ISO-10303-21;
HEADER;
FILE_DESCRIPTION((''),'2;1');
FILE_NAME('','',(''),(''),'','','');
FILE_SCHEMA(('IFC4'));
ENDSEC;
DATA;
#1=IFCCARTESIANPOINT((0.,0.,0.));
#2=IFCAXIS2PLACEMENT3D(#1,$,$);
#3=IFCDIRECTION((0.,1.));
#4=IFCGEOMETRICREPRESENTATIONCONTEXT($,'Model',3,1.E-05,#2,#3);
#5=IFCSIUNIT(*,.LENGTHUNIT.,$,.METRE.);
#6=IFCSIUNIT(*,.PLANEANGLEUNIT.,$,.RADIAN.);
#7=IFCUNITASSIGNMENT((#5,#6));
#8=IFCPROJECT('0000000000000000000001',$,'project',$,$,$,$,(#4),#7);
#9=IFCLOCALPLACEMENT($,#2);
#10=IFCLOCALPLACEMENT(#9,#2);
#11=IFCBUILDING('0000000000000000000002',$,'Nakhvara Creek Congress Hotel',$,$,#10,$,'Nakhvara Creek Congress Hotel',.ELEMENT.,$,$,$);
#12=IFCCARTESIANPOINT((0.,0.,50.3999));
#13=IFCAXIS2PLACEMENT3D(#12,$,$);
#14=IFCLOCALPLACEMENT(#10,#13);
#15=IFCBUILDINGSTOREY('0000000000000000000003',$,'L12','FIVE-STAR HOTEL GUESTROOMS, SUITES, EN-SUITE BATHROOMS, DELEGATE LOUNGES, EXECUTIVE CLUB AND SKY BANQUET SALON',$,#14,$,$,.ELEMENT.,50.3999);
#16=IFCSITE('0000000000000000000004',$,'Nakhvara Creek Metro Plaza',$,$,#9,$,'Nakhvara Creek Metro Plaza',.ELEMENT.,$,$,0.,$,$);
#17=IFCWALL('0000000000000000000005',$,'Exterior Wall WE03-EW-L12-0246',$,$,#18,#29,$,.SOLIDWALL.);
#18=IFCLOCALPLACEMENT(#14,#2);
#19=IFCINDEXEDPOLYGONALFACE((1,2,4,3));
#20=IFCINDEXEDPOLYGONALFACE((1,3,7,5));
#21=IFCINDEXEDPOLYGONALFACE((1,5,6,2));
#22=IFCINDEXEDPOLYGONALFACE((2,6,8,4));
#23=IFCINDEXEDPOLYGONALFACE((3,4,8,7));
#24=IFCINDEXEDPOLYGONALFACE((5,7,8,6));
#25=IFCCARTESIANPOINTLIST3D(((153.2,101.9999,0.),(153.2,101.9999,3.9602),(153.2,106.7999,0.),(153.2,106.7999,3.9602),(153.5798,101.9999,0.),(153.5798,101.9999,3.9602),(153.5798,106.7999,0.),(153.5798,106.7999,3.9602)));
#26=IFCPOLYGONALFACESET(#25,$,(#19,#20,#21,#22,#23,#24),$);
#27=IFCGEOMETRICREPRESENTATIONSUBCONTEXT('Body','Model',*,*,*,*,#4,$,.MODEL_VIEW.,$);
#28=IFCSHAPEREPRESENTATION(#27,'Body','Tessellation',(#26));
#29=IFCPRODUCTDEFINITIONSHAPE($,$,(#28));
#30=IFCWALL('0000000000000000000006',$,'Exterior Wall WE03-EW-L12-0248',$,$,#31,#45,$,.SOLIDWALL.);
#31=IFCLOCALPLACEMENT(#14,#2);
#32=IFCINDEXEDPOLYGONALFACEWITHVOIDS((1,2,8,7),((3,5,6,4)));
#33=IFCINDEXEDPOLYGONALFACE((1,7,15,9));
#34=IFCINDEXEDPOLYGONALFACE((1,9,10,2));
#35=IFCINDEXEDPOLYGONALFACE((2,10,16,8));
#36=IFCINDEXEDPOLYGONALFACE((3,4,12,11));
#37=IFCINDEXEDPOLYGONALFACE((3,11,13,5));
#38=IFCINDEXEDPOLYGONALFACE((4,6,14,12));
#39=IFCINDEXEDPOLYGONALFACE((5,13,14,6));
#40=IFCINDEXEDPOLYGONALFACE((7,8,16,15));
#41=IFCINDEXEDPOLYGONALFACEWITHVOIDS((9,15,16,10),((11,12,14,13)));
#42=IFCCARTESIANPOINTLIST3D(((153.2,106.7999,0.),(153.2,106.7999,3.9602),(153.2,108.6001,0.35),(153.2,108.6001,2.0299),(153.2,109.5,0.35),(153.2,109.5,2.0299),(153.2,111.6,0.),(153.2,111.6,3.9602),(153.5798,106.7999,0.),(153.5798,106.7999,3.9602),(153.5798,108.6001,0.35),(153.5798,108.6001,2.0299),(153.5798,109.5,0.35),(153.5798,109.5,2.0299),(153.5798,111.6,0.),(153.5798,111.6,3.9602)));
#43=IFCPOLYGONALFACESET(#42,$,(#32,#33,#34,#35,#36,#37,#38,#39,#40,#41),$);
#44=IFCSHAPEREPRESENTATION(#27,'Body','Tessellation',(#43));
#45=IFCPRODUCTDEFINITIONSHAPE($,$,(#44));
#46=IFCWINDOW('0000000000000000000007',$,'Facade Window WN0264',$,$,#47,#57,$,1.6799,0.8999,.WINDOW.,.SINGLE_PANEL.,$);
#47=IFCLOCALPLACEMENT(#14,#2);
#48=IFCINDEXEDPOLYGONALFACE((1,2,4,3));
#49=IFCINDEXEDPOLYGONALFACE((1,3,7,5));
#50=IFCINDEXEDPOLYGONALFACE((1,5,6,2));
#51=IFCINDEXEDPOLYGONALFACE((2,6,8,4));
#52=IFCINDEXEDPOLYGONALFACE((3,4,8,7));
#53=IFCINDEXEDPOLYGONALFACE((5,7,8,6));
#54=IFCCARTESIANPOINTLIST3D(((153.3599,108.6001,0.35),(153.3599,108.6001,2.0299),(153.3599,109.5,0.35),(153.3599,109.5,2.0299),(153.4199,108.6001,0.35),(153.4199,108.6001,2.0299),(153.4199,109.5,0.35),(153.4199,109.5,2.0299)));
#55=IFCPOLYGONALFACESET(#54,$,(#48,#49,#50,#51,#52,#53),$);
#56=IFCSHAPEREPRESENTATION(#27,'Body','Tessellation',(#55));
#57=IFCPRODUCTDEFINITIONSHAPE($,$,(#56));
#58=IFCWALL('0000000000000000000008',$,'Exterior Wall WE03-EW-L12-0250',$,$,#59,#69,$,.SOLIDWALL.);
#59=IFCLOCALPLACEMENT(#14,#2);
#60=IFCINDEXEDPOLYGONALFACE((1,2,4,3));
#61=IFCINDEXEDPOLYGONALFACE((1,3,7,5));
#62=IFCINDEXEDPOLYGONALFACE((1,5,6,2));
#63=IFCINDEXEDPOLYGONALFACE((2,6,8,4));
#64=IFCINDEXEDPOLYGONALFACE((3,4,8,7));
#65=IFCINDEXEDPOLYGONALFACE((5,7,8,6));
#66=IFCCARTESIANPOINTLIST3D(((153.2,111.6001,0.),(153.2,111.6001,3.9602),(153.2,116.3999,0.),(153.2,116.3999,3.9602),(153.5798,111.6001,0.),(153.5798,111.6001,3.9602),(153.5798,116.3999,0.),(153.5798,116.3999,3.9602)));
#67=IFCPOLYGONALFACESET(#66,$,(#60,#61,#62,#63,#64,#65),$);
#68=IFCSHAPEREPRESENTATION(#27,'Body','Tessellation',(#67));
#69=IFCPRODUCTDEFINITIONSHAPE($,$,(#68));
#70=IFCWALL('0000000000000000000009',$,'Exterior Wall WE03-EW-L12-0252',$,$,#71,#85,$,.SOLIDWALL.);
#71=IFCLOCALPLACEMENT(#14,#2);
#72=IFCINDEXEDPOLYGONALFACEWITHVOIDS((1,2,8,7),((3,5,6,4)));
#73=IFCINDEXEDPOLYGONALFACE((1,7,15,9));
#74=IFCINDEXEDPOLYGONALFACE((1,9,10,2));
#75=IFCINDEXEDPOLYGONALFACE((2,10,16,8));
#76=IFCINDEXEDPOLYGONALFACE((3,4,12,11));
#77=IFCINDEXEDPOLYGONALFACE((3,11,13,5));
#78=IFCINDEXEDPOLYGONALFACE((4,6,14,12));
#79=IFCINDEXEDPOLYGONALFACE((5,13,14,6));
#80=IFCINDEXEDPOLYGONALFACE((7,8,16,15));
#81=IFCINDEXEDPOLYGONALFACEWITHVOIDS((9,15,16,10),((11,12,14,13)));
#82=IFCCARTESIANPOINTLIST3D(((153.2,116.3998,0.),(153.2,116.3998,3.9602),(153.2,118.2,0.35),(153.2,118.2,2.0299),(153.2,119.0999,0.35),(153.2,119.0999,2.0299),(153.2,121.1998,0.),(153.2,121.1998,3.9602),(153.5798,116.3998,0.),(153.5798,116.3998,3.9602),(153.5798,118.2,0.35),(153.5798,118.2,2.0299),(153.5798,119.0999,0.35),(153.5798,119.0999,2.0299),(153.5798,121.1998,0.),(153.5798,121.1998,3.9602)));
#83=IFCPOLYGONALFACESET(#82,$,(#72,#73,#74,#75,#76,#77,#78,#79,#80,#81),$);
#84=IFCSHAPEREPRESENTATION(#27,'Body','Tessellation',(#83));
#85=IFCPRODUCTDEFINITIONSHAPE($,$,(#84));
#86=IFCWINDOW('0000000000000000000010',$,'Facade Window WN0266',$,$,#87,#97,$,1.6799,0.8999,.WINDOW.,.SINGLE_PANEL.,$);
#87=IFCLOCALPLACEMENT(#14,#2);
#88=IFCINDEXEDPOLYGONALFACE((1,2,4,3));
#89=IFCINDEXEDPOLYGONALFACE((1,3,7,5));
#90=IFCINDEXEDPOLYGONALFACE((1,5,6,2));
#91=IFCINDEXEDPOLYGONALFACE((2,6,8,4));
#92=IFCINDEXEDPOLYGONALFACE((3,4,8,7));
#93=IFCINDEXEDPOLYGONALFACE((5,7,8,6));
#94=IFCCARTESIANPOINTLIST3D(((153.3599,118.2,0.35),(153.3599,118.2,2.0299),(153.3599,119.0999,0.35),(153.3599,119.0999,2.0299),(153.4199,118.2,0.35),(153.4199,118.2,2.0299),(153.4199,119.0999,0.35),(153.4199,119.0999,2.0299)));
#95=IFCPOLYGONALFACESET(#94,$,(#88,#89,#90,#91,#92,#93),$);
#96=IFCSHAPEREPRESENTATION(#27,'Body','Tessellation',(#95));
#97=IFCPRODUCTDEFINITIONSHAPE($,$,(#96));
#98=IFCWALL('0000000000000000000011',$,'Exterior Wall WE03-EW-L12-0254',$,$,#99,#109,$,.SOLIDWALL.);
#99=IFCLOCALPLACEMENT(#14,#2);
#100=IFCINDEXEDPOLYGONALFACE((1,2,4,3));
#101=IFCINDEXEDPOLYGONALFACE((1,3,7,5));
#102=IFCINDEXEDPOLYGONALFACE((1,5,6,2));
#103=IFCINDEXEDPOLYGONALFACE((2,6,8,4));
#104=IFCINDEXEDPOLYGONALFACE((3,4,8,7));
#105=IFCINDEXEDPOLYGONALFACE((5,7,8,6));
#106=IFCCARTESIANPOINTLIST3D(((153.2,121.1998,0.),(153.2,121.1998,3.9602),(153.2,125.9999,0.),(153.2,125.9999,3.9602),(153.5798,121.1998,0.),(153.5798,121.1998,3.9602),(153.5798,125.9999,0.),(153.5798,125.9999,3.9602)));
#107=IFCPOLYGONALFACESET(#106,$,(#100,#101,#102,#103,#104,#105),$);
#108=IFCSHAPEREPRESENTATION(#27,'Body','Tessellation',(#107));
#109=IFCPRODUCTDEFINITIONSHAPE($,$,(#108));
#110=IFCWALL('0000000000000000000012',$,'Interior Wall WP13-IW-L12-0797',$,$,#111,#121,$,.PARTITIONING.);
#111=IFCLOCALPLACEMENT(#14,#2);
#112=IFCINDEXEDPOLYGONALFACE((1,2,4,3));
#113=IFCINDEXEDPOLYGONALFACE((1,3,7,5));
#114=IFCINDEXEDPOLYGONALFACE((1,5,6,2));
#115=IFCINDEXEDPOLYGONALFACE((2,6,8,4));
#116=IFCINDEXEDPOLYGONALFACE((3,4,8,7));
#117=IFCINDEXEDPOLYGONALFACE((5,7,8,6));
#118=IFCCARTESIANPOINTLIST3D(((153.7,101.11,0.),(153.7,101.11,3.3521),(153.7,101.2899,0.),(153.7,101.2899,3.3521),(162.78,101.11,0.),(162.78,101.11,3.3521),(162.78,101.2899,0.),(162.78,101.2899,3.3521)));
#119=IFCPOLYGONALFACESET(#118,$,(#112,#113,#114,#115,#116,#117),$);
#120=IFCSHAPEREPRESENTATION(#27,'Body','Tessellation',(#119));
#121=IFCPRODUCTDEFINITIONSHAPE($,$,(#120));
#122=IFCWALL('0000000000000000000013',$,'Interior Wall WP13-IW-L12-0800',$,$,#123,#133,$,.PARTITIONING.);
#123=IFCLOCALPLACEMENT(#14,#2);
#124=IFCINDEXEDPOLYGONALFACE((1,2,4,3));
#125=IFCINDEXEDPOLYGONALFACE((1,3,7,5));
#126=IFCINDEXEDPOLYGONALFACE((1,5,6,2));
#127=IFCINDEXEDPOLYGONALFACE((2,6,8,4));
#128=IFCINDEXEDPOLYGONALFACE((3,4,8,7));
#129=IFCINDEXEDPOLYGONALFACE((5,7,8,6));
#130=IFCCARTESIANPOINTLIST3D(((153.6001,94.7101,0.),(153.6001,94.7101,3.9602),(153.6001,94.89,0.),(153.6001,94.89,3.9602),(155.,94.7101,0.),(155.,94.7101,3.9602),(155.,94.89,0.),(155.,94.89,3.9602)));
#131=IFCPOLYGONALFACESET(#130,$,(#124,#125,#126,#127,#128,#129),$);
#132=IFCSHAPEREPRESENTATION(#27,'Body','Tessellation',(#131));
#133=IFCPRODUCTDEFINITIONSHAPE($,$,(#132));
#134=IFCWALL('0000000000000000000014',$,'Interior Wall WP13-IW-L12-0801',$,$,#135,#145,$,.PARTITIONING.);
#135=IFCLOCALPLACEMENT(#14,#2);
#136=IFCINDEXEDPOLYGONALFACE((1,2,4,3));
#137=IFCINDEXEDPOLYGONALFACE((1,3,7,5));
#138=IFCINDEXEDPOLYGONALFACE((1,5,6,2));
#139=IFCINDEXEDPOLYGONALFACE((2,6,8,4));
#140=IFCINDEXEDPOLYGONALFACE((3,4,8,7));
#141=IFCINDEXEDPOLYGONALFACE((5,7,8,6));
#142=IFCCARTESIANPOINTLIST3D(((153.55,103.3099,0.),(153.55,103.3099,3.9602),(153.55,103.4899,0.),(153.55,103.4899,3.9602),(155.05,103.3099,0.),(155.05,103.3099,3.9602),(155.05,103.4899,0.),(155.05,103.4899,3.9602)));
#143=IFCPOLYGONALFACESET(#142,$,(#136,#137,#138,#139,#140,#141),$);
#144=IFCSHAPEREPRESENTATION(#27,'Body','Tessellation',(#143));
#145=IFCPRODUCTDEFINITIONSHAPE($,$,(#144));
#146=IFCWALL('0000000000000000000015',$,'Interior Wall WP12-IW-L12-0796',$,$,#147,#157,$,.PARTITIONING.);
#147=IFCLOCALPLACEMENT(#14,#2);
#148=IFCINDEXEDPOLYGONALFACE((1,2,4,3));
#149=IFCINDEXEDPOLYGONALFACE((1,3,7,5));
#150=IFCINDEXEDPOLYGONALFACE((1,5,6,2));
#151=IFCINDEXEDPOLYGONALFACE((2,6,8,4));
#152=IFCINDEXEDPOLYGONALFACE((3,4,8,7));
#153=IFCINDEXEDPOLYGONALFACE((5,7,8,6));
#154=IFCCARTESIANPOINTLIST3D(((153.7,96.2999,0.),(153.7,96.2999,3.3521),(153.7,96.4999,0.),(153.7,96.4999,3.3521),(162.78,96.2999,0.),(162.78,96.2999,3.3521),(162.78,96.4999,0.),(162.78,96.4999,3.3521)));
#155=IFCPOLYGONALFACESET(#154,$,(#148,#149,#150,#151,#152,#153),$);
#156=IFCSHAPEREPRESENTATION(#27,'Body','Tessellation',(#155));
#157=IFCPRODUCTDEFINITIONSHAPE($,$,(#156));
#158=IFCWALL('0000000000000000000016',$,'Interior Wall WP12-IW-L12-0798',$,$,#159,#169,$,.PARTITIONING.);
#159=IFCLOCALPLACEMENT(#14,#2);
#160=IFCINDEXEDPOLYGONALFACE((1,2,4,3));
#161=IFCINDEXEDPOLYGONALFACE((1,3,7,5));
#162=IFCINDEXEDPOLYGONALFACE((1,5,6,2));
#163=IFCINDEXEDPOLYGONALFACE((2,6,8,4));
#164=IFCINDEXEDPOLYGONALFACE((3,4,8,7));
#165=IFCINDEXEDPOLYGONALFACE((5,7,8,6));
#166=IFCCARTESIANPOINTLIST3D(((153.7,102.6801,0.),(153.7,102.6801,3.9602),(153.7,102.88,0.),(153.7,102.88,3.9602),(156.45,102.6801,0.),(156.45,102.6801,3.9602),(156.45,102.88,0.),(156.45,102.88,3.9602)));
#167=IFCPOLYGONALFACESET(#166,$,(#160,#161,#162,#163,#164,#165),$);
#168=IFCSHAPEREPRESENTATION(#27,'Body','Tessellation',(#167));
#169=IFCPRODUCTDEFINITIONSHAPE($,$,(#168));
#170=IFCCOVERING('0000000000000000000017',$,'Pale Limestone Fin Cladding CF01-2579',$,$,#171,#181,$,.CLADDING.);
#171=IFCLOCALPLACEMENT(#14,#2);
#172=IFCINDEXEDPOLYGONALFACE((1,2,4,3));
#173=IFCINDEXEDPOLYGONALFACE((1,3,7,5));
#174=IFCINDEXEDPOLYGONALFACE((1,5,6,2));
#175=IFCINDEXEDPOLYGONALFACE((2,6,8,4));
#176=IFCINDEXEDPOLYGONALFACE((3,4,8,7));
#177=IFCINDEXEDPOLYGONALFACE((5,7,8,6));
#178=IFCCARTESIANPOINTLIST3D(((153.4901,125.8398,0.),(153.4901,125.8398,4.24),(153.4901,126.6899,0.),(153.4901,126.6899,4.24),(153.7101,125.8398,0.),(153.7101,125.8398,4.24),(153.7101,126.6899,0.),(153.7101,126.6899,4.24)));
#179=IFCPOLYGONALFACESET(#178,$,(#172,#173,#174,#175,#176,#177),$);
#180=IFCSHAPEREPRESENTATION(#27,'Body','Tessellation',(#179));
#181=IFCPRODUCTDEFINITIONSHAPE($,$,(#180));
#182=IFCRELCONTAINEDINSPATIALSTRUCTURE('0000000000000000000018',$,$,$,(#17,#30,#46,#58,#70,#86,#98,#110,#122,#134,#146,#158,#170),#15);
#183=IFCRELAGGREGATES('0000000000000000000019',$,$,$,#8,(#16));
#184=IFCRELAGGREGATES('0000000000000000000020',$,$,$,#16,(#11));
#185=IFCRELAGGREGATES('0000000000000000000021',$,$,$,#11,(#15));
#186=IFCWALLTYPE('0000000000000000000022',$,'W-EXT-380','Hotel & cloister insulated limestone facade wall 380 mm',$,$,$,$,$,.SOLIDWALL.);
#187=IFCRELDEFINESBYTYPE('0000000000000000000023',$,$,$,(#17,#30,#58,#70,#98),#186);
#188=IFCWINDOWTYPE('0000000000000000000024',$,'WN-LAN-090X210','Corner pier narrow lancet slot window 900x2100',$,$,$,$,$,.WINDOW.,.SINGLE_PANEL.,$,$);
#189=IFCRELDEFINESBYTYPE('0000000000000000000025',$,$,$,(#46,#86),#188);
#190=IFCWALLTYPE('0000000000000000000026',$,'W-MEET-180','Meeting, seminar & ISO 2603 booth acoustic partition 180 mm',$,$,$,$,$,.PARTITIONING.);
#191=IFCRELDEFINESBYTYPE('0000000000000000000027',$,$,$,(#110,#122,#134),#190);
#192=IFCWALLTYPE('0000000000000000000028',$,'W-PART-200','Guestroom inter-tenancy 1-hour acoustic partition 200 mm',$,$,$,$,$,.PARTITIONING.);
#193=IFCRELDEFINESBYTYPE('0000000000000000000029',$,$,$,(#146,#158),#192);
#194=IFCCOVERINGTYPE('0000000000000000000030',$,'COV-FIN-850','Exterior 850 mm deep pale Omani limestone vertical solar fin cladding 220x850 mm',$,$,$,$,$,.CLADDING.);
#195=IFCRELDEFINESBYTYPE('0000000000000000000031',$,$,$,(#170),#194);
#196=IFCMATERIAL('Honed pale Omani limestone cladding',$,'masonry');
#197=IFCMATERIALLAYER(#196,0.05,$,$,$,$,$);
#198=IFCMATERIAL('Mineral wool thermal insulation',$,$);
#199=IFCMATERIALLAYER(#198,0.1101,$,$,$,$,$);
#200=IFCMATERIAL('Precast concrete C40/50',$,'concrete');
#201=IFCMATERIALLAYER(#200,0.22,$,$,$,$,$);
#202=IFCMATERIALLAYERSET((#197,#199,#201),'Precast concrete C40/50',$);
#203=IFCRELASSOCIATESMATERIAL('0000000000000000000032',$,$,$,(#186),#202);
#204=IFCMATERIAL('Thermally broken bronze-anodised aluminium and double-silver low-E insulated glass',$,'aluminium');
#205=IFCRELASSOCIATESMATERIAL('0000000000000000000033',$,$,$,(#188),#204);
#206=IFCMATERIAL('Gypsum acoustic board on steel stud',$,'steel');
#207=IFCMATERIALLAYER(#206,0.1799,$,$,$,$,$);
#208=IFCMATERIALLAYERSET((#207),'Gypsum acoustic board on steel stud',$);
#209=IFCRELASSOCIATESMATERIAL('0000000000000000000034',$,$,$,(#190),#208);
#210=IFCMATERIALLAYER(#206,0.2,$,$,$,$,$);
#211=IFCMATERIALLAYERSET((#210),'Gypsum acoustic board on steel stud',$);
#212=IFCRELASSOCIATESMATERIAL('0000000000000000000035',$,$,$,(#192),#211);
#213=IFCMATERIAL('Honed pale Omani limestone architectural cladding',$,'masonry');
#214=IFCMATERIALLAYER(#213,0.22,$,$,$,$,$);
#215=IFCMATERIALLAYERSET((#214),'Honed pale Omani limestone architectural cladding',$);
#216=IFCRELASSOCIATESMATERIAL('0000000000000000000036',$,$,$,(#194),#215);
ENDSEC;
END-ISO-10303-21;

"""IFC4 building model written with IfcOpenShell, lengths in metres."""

from ifc_helpers import new_model, si_unit, direction, frame, frame_2d, origin, origin_2d, place, context, subcontext, project, spatial, rectangle, extrude, material, layer, layer_set, type_object, element, fill, save


model = new_model("IFC4")

# Units and contexts
model_context = context("Model", 3, precision=1e-05, world=origin(), true_north=direction((0.0, 1.0)))
body_context = subcontext(model_context, "Body", "Model", "MODEL_VIEW")
ifc_project = project(units=[si_unit("LENGTHUNIT", "METRE"), si_unit("PLANEANGLEUNIT", "RADIAN")], contexts=[model_context])

# Site, building, storey
site_placement = place(None, origin())
site = spatial("IfcSite", under=ifc_project, at=site_placement, Name="Nakhvara Creek Metro Plaza", LongName="Nakhvara Creek Metro Plaza", CompositionType="ELEMENT", RefElevation=0.0)
building_placement = place(site_placement, origin())
building = spatial("IfcBuilding", under=site, at=building_placement, Name="Nakhvara Creek Congress Hotel", LongName="Nakhvara Creek Congress Hotel", CompositionType="ELEMENT")
storey_placement = place(building_placement, frame((0.0, 0.0, 50.3999)))
storey = spatial("IfcBuildingStorey", under=building, at=storey_placement, Name="L12", Description="FIVE-STAR HOTEL GUESTROOMS, SUITES, EN-SUITE BATHROOMS, DELEGATE LOUNGES, EXECUTIVE CLUB AND SKY BANQUET SALON", CompositionType="ELEMENT", Elevation=50.3999)

# Wall
ifc_material_1 = material(Name="Honed pale Omani limestone cladding", Category="masonry")
ifc_layer_1 = layer(ifc_material_1, 0.05)
ifc_material_2 = material(Name="Mineral wool thermal insulation")
ifc_layer_2 = layer(ifc_material_2, 0.1101)
ifc_material_3 = material(Name="Precast concrete C40/50", Category="concrete")
ifc_layer_3 = layer(ifc_material_3, 0.22)
ifc_layer_set_1 = layer_set([ifc_layer_1, ifc_layer_2, ifc_layer_3], Name="Precast concrete C40/50")
wall_type_1 = type_object("IfcWallType", Name="W-EXT-380", Description="Hotel & cloister insulated limestone facade wall 380 mm", PredefinedType="SOLIDWALL", material=ifc_layer_set_1)
wall_1_placement = place(storey_placement, frame((153.3899, 102.0, 0.0), z_axis=(0.0, 0.0, 1.0), x_axis=(0.0, 1.0, 0.0)))
element("IfcWall", 1, at=wall_1_placement, inside=storey, type_object=wall_type_1, Name="Exterior Wall WE03-EW-L12-0246", PredefinedType="SOLIDWALL", context=body_context, shape_type="SweptSolid", body=[
    extrude(rectangle(XDim=4.8, YDim=0.3799, at=frame_2d((2.3999, 0.0))), origin(), (0.0, 0.0, 1.0), 3.9602),
])

# Wall, opening, window
wall_2_placement = place(storey_placement, frame((153.3899, 106.8, 0.0), z_axis=(0.0, 0.0, 1.0), x_axis=(0.0, 1.0, 0.0)))
wall_2 = element("IfcWall", 2, at=wall_2_placement, inside=storey, type_object=wall_type_1, Name="Exterior Wall WE03-EW-L12-0248", PredefinedType="SOLIDWALL", context=body_context, shape_type="SweptSolid", body=[
    extrude(rectangle(XDim=4.8, YDim=0.3799, at=frame_2d((2.3999, 0.0))), origin(), (0.0, 0.0, 1.0), 3.9602),
])
opening_1_placement = place(wall_2_placement, frame((1.8, 0.0, 0.3501)))
opening_1 = element("IfcOpeningElement", 3, at=opening_1_placement, cuts=wall_2, PredefinedType="OPENING", context=body_context, shape_type="SweptSolid", body=[
    extrude(rectangle(XDim=0.8999, YDim=1.6799, at=frame_2d((0.45, 0.8398))), frame((0.0, 0.2019, 0.0), z_axis=(0.0, -1.0, 0.0), x_axis=(1.0, 0.0, 0.0)), (0.0, 0.0, 1.0), 0.4038),
])
ifc_material_4 = material(Name="Thermally broken bronze-anodised aluminium and double-silver low-E insulated glass", Category="aluminium")
window_type = type_object("IfcWindowType", Name="WN-LAN-090X210", Description="Corner pier narrow lancet slot window 900x2100", PartitioningType="SINGLE_PANEL", PredefinedType="WINDOW", material=ifc_material_4)
window_1_placement = place(opening_1_placement, origin())
window_1 = element("IfcWindow", 4, at=window_1_placement, inside=storey, type_object=window_type, Name="Facade Window WN0264", OverallHeight=1.6799, OverallWidth=0.8999, PartitioningType="SINGLE_PANEL", PredefinedType="WINDOW", context=body_context, shape_type="SweptSolid", body=[
    extrude(rectangle(XDim=0.8999, YDim=1.6799, at=frame_2d((0.45, 0.8398))), frame((0.0, 0.03, 0.0), z_axis=(0.0, -1.0, 0.0), x_axis=(1.0, 0.0, 0.0)), (0.0, 0.0, 1.0), 0.0601),
])
fill(opening_1, window_1)

# Wall
wall_3_placement = place(storey_placement, frame((153.3899, 111.6001, 0.0), z_axis=(0.0, 0.0, 1.0), x_axis=(0.0, 1.0, 0.0)))
element("IfcWall", 5, at=wall_3_placement, inside=storey, type_object=wall_type_1, Name="Exterior Wall WE03-EW-L12-0250", PredefinedType="SOLIDWALL", context=body_context, shape_type="SweptSolid", body=[
    extrude(rectangle(XDim=4.7998, YDim=0.3799, at=frame_2d((2.3999, 0.0))), origin(), (0.0, 0.0, 1.0), 3.9602),
])

# Wall, opening, window
wall_4_placement = place(storey_placement, frame((153.3899, 116.3999, 0.0), z_axis=(0.0, 0.0, 1.0), x_axis=(0.0, 1.0, 0.0)))
wall_4 = element("IfcWall", 6, at=wall_4_placement, inside=storey, type_object=wall_type_1, Name="Exterior Wall WE03-EW-L12-0252", PredefinedType="SOLIDWALL", context=body_context, shape_type="SweptSolid", body=[
    extrude(rectangle(XDim=4.8, YDim=0.3799, at=frame_2d((2.3999, 0.0))), origin(), (0.0, 0.0, 1.0), 3.9602),
])
opening_2_placement = place(wall_4_placement, frame((1.8, 0.0, 0.3501)))
opening_2 = element("IfcOpeningElement", 7, at=opening_2_placement, cuts=wall_4, PredefinedType="OPENING", context=body_context, shape_type="SweptSolid", body=[
    extrude(rectangle(XDim=0.8999, YDim=1.6799, at=frame_2d((0.45, 0.8398))), frame((0.0, 0.2019, 0.0), z_axis=(0.0, -1.0, 0.0), x_axis=(1.0, 0.0, 0.0)), (0.0, 0.0, 1.0), 0.4038),
])
window_2_placement = place(opening_2_placement, origin())
window_2 = element("IfcWindow", 8, at=window_2_placement, inside=storey, type_object=window_type, Name="Facade Window WN0266", OverallHeight=1.6799, OverallWidth=0.8999, PartitioningType="SINGLE_PANEL", PredefinedType="WINDOW", context=body_context, shape_type="SweptSolid", body=[
    extrude(rectangle(XDim=0.8999, YDim=1.6799, at=frame_2d((0.45, 0.8398))), frame((0.0, 0.03, 0.0), z_axis=(0.0, -1.0, 0.0), x_axis=(1.0, 0.0, 0.0)), (0.0, 0.0, 1.0), 0.0601),
])
fill(opening_2, window_2)

# Walls
wall_5_placement = place(storey_placement, frame((153.3899, 121.2, 0.0), z_axis=(0.0, 0.0, 1.0), x_axis=(0.0, 1.0, 0.0)))
element("IfcWall", 9, at=wall_5_placement, inside=storey, type_object=wall_type_1, Name="Exterior Wall WE03-EW-L12-0254", PredefinedType="SOLIDWALL", context=body_context, shape_type="SweptSolid", body=[
    extrude(rectangle(XDim=4.8, YDim=0.3799, at=frame_2d((2.3999, 0.0))), origin(), (0.0, 0.0, 1.0), 3.9602),
])
ifc_material_5 = material(Name="Gypsum acoustic board on steel stud", Category="steel")
ifc_layer_4 = layer(ifc_material_5, 0.1799)
ifc_layer_set_2 = layer_set([ifc_layer_4], Name="Gypsum acoustic board on steel stud")
wall_type_2 = type_object("IfcWallType", Name="W-MEET-180", Description="Meeting, seminar & ISO 2603 booth acoustic partition 180 mm", PredefinedType="PARTITIONING", material=ifc_layer_set_2)
wall_6_placement = place(storey_placement, frame((153.7, 101.2, 0.0), z_axis=(0.0, 0.0, 1.0), x_axis=(1.0, 0.0, 0.0)))
element("IfcWall", 10, at=wall_6_placement, inside=storey, type_object=wall_type_2, Name="Interior Wall WP13-IW-L12-0797", PredefinedType="PARTITIONING", context=body_context, shape_type="SweptSolid", body=[
    extrude(rectangle(XDim=9.0801, YDim=0.1799, at=frame_2d((4.54, 0.0))), origin(), (0.0, 0.0, 1.0), 3.3521),
])
wall_7_placement = place(storey_placement, frame((153.6001, 94.8, 0.0), z_axis=(0.0, 0.0, 1.0), x_axis=(1.0, 0.0, 0.0)))
element("IfcWall", 11, at=wall_7_placement, inside=storey, type_object=wall_type_2, Name="Interior Wall WP13-IW-L12-0800", PredefinedType="PARTITIONING", context=body_context, shape_type="SweptSolid", body=[
    extrude(rectangle(XDim=1.3999, YDim=0.1799, at=frame_2d((0.7, 0.0))), origin(), (0.0, 0.0, 1.0), 3.9602),
])
wall_8_placement = place(storey_placement, frame((153.55, 103.3999, 0.0), z_axis=(0.0, 0.0, 1.0), x_axis=(1.0, 0.0, 0.0)))
element("IfcWall", 12, at=wall_8_placement, inside=storey, type_object=wall_type_2, Name="Interior Wall WP13-IW-L12-0801", PredefinedType="PARTITIONING", context=body_context, shape_type="SweptSolid", body=[
    extrude(rectangle(XDim=1.5, YDim=0.1799, at=frame_2d((0.75, 0.0))), origin(), (0.0, 0.0, 1.0), 3.9602),
])
ifc_layer_5 = layer(ifc_material_5, 0.2)
ifc_layer_set_3 = layer_set([ifc_layer_5], Name="Gypsum acoustic board on steel stud")
wall_type_3 = type_object("IfcWallType", Name="W-PART-200", Description="Guestroom inter-tenancy 1-hour acoustic partition 200 mm", PredefinedType="PARTITIONING", material=ifc_layer_set_3)
wall_9_placement = place(storey_placement, frame((153.7, 96.3999, 0.0), z_axis=(0.0, 0.0, 1.0), x_axis=(1.0, 0.0, 0.0)))
element("IfcWall", 13, at=wall_9_placement, inside=storey, type_object=wall_type_3, Name="Interior Wall WP12-IW-L12-0796", PredefinedType="PARTITIONING", context=body_context, shape_type="SweptSolid", body=[
    extrude(rectangle(XDim=9.0801, YDim=0.2, at=frame_2d((4.54, 0.0))), origin(), (0.0, 0.0, 1.0), 3.3521),
])
wall_10_placement = place(storey_placement, frame((153.7, 102.78, 0.0), z_axis=(0.0, 0.0, 1.0), x_axis=(1.0, 0.0, 0.0)))
element("IfcWall", 14, at=wall_10_placement, inside=storey, type_object=wall_type_3, Name="Interior Wall WP12-IW-L12-0798", PredefinedType="PARTITIONING", context=body_context, shape_type="SweptSolid", body=[
    extrude(rectangle(XDim=2.75, YDim=0.2, at=frame_2d((1.375, 0.0))), origin(), (0.0, 0.0, 1.0), 3.9602),
])

# Covering
ifc_material_6 = material(Name="Honed pale Omani limestone architectural cladding", Category="masonry")
ifc_layer_6 = layer(ifc_material_6, 0.22)
ifc_layer_set_4 = layer_set([ifc_layer_6], Name="Honed pale Omani limestone architectural cladding")
covering_type = type_object("IfcCoveringType", Name="COV-FIN-850", Description="Exterior 850 mm deep pale Omani limestone vertical solar fin cladding 220x850 mm", PredefinedType="CLADDING", material=ifc_layer_set_4)
covering_1_placement = place(storey_placement, frame((153.6001, 126.2649, 0.0), z_axis=(0.0, 0.0, 1.0), x_axis=(1.0, 0.0, 0.0)))
element("IfcCovering", 15, at=covering_1_placement, inside=storey, type_object=covering_type, Name="Pale Limestone Fin Cladding CF01-2579", PredefinedType="CLADDING", context=body_context, shape_type="SweptSolid", body=[
    extrude(rectangle(XDim=0.22, YDim=0.8501, at=origin_2d()), origin(), (0.0, 0.0, 1.0), 4.24),
])

save(model, "model.ifc")
